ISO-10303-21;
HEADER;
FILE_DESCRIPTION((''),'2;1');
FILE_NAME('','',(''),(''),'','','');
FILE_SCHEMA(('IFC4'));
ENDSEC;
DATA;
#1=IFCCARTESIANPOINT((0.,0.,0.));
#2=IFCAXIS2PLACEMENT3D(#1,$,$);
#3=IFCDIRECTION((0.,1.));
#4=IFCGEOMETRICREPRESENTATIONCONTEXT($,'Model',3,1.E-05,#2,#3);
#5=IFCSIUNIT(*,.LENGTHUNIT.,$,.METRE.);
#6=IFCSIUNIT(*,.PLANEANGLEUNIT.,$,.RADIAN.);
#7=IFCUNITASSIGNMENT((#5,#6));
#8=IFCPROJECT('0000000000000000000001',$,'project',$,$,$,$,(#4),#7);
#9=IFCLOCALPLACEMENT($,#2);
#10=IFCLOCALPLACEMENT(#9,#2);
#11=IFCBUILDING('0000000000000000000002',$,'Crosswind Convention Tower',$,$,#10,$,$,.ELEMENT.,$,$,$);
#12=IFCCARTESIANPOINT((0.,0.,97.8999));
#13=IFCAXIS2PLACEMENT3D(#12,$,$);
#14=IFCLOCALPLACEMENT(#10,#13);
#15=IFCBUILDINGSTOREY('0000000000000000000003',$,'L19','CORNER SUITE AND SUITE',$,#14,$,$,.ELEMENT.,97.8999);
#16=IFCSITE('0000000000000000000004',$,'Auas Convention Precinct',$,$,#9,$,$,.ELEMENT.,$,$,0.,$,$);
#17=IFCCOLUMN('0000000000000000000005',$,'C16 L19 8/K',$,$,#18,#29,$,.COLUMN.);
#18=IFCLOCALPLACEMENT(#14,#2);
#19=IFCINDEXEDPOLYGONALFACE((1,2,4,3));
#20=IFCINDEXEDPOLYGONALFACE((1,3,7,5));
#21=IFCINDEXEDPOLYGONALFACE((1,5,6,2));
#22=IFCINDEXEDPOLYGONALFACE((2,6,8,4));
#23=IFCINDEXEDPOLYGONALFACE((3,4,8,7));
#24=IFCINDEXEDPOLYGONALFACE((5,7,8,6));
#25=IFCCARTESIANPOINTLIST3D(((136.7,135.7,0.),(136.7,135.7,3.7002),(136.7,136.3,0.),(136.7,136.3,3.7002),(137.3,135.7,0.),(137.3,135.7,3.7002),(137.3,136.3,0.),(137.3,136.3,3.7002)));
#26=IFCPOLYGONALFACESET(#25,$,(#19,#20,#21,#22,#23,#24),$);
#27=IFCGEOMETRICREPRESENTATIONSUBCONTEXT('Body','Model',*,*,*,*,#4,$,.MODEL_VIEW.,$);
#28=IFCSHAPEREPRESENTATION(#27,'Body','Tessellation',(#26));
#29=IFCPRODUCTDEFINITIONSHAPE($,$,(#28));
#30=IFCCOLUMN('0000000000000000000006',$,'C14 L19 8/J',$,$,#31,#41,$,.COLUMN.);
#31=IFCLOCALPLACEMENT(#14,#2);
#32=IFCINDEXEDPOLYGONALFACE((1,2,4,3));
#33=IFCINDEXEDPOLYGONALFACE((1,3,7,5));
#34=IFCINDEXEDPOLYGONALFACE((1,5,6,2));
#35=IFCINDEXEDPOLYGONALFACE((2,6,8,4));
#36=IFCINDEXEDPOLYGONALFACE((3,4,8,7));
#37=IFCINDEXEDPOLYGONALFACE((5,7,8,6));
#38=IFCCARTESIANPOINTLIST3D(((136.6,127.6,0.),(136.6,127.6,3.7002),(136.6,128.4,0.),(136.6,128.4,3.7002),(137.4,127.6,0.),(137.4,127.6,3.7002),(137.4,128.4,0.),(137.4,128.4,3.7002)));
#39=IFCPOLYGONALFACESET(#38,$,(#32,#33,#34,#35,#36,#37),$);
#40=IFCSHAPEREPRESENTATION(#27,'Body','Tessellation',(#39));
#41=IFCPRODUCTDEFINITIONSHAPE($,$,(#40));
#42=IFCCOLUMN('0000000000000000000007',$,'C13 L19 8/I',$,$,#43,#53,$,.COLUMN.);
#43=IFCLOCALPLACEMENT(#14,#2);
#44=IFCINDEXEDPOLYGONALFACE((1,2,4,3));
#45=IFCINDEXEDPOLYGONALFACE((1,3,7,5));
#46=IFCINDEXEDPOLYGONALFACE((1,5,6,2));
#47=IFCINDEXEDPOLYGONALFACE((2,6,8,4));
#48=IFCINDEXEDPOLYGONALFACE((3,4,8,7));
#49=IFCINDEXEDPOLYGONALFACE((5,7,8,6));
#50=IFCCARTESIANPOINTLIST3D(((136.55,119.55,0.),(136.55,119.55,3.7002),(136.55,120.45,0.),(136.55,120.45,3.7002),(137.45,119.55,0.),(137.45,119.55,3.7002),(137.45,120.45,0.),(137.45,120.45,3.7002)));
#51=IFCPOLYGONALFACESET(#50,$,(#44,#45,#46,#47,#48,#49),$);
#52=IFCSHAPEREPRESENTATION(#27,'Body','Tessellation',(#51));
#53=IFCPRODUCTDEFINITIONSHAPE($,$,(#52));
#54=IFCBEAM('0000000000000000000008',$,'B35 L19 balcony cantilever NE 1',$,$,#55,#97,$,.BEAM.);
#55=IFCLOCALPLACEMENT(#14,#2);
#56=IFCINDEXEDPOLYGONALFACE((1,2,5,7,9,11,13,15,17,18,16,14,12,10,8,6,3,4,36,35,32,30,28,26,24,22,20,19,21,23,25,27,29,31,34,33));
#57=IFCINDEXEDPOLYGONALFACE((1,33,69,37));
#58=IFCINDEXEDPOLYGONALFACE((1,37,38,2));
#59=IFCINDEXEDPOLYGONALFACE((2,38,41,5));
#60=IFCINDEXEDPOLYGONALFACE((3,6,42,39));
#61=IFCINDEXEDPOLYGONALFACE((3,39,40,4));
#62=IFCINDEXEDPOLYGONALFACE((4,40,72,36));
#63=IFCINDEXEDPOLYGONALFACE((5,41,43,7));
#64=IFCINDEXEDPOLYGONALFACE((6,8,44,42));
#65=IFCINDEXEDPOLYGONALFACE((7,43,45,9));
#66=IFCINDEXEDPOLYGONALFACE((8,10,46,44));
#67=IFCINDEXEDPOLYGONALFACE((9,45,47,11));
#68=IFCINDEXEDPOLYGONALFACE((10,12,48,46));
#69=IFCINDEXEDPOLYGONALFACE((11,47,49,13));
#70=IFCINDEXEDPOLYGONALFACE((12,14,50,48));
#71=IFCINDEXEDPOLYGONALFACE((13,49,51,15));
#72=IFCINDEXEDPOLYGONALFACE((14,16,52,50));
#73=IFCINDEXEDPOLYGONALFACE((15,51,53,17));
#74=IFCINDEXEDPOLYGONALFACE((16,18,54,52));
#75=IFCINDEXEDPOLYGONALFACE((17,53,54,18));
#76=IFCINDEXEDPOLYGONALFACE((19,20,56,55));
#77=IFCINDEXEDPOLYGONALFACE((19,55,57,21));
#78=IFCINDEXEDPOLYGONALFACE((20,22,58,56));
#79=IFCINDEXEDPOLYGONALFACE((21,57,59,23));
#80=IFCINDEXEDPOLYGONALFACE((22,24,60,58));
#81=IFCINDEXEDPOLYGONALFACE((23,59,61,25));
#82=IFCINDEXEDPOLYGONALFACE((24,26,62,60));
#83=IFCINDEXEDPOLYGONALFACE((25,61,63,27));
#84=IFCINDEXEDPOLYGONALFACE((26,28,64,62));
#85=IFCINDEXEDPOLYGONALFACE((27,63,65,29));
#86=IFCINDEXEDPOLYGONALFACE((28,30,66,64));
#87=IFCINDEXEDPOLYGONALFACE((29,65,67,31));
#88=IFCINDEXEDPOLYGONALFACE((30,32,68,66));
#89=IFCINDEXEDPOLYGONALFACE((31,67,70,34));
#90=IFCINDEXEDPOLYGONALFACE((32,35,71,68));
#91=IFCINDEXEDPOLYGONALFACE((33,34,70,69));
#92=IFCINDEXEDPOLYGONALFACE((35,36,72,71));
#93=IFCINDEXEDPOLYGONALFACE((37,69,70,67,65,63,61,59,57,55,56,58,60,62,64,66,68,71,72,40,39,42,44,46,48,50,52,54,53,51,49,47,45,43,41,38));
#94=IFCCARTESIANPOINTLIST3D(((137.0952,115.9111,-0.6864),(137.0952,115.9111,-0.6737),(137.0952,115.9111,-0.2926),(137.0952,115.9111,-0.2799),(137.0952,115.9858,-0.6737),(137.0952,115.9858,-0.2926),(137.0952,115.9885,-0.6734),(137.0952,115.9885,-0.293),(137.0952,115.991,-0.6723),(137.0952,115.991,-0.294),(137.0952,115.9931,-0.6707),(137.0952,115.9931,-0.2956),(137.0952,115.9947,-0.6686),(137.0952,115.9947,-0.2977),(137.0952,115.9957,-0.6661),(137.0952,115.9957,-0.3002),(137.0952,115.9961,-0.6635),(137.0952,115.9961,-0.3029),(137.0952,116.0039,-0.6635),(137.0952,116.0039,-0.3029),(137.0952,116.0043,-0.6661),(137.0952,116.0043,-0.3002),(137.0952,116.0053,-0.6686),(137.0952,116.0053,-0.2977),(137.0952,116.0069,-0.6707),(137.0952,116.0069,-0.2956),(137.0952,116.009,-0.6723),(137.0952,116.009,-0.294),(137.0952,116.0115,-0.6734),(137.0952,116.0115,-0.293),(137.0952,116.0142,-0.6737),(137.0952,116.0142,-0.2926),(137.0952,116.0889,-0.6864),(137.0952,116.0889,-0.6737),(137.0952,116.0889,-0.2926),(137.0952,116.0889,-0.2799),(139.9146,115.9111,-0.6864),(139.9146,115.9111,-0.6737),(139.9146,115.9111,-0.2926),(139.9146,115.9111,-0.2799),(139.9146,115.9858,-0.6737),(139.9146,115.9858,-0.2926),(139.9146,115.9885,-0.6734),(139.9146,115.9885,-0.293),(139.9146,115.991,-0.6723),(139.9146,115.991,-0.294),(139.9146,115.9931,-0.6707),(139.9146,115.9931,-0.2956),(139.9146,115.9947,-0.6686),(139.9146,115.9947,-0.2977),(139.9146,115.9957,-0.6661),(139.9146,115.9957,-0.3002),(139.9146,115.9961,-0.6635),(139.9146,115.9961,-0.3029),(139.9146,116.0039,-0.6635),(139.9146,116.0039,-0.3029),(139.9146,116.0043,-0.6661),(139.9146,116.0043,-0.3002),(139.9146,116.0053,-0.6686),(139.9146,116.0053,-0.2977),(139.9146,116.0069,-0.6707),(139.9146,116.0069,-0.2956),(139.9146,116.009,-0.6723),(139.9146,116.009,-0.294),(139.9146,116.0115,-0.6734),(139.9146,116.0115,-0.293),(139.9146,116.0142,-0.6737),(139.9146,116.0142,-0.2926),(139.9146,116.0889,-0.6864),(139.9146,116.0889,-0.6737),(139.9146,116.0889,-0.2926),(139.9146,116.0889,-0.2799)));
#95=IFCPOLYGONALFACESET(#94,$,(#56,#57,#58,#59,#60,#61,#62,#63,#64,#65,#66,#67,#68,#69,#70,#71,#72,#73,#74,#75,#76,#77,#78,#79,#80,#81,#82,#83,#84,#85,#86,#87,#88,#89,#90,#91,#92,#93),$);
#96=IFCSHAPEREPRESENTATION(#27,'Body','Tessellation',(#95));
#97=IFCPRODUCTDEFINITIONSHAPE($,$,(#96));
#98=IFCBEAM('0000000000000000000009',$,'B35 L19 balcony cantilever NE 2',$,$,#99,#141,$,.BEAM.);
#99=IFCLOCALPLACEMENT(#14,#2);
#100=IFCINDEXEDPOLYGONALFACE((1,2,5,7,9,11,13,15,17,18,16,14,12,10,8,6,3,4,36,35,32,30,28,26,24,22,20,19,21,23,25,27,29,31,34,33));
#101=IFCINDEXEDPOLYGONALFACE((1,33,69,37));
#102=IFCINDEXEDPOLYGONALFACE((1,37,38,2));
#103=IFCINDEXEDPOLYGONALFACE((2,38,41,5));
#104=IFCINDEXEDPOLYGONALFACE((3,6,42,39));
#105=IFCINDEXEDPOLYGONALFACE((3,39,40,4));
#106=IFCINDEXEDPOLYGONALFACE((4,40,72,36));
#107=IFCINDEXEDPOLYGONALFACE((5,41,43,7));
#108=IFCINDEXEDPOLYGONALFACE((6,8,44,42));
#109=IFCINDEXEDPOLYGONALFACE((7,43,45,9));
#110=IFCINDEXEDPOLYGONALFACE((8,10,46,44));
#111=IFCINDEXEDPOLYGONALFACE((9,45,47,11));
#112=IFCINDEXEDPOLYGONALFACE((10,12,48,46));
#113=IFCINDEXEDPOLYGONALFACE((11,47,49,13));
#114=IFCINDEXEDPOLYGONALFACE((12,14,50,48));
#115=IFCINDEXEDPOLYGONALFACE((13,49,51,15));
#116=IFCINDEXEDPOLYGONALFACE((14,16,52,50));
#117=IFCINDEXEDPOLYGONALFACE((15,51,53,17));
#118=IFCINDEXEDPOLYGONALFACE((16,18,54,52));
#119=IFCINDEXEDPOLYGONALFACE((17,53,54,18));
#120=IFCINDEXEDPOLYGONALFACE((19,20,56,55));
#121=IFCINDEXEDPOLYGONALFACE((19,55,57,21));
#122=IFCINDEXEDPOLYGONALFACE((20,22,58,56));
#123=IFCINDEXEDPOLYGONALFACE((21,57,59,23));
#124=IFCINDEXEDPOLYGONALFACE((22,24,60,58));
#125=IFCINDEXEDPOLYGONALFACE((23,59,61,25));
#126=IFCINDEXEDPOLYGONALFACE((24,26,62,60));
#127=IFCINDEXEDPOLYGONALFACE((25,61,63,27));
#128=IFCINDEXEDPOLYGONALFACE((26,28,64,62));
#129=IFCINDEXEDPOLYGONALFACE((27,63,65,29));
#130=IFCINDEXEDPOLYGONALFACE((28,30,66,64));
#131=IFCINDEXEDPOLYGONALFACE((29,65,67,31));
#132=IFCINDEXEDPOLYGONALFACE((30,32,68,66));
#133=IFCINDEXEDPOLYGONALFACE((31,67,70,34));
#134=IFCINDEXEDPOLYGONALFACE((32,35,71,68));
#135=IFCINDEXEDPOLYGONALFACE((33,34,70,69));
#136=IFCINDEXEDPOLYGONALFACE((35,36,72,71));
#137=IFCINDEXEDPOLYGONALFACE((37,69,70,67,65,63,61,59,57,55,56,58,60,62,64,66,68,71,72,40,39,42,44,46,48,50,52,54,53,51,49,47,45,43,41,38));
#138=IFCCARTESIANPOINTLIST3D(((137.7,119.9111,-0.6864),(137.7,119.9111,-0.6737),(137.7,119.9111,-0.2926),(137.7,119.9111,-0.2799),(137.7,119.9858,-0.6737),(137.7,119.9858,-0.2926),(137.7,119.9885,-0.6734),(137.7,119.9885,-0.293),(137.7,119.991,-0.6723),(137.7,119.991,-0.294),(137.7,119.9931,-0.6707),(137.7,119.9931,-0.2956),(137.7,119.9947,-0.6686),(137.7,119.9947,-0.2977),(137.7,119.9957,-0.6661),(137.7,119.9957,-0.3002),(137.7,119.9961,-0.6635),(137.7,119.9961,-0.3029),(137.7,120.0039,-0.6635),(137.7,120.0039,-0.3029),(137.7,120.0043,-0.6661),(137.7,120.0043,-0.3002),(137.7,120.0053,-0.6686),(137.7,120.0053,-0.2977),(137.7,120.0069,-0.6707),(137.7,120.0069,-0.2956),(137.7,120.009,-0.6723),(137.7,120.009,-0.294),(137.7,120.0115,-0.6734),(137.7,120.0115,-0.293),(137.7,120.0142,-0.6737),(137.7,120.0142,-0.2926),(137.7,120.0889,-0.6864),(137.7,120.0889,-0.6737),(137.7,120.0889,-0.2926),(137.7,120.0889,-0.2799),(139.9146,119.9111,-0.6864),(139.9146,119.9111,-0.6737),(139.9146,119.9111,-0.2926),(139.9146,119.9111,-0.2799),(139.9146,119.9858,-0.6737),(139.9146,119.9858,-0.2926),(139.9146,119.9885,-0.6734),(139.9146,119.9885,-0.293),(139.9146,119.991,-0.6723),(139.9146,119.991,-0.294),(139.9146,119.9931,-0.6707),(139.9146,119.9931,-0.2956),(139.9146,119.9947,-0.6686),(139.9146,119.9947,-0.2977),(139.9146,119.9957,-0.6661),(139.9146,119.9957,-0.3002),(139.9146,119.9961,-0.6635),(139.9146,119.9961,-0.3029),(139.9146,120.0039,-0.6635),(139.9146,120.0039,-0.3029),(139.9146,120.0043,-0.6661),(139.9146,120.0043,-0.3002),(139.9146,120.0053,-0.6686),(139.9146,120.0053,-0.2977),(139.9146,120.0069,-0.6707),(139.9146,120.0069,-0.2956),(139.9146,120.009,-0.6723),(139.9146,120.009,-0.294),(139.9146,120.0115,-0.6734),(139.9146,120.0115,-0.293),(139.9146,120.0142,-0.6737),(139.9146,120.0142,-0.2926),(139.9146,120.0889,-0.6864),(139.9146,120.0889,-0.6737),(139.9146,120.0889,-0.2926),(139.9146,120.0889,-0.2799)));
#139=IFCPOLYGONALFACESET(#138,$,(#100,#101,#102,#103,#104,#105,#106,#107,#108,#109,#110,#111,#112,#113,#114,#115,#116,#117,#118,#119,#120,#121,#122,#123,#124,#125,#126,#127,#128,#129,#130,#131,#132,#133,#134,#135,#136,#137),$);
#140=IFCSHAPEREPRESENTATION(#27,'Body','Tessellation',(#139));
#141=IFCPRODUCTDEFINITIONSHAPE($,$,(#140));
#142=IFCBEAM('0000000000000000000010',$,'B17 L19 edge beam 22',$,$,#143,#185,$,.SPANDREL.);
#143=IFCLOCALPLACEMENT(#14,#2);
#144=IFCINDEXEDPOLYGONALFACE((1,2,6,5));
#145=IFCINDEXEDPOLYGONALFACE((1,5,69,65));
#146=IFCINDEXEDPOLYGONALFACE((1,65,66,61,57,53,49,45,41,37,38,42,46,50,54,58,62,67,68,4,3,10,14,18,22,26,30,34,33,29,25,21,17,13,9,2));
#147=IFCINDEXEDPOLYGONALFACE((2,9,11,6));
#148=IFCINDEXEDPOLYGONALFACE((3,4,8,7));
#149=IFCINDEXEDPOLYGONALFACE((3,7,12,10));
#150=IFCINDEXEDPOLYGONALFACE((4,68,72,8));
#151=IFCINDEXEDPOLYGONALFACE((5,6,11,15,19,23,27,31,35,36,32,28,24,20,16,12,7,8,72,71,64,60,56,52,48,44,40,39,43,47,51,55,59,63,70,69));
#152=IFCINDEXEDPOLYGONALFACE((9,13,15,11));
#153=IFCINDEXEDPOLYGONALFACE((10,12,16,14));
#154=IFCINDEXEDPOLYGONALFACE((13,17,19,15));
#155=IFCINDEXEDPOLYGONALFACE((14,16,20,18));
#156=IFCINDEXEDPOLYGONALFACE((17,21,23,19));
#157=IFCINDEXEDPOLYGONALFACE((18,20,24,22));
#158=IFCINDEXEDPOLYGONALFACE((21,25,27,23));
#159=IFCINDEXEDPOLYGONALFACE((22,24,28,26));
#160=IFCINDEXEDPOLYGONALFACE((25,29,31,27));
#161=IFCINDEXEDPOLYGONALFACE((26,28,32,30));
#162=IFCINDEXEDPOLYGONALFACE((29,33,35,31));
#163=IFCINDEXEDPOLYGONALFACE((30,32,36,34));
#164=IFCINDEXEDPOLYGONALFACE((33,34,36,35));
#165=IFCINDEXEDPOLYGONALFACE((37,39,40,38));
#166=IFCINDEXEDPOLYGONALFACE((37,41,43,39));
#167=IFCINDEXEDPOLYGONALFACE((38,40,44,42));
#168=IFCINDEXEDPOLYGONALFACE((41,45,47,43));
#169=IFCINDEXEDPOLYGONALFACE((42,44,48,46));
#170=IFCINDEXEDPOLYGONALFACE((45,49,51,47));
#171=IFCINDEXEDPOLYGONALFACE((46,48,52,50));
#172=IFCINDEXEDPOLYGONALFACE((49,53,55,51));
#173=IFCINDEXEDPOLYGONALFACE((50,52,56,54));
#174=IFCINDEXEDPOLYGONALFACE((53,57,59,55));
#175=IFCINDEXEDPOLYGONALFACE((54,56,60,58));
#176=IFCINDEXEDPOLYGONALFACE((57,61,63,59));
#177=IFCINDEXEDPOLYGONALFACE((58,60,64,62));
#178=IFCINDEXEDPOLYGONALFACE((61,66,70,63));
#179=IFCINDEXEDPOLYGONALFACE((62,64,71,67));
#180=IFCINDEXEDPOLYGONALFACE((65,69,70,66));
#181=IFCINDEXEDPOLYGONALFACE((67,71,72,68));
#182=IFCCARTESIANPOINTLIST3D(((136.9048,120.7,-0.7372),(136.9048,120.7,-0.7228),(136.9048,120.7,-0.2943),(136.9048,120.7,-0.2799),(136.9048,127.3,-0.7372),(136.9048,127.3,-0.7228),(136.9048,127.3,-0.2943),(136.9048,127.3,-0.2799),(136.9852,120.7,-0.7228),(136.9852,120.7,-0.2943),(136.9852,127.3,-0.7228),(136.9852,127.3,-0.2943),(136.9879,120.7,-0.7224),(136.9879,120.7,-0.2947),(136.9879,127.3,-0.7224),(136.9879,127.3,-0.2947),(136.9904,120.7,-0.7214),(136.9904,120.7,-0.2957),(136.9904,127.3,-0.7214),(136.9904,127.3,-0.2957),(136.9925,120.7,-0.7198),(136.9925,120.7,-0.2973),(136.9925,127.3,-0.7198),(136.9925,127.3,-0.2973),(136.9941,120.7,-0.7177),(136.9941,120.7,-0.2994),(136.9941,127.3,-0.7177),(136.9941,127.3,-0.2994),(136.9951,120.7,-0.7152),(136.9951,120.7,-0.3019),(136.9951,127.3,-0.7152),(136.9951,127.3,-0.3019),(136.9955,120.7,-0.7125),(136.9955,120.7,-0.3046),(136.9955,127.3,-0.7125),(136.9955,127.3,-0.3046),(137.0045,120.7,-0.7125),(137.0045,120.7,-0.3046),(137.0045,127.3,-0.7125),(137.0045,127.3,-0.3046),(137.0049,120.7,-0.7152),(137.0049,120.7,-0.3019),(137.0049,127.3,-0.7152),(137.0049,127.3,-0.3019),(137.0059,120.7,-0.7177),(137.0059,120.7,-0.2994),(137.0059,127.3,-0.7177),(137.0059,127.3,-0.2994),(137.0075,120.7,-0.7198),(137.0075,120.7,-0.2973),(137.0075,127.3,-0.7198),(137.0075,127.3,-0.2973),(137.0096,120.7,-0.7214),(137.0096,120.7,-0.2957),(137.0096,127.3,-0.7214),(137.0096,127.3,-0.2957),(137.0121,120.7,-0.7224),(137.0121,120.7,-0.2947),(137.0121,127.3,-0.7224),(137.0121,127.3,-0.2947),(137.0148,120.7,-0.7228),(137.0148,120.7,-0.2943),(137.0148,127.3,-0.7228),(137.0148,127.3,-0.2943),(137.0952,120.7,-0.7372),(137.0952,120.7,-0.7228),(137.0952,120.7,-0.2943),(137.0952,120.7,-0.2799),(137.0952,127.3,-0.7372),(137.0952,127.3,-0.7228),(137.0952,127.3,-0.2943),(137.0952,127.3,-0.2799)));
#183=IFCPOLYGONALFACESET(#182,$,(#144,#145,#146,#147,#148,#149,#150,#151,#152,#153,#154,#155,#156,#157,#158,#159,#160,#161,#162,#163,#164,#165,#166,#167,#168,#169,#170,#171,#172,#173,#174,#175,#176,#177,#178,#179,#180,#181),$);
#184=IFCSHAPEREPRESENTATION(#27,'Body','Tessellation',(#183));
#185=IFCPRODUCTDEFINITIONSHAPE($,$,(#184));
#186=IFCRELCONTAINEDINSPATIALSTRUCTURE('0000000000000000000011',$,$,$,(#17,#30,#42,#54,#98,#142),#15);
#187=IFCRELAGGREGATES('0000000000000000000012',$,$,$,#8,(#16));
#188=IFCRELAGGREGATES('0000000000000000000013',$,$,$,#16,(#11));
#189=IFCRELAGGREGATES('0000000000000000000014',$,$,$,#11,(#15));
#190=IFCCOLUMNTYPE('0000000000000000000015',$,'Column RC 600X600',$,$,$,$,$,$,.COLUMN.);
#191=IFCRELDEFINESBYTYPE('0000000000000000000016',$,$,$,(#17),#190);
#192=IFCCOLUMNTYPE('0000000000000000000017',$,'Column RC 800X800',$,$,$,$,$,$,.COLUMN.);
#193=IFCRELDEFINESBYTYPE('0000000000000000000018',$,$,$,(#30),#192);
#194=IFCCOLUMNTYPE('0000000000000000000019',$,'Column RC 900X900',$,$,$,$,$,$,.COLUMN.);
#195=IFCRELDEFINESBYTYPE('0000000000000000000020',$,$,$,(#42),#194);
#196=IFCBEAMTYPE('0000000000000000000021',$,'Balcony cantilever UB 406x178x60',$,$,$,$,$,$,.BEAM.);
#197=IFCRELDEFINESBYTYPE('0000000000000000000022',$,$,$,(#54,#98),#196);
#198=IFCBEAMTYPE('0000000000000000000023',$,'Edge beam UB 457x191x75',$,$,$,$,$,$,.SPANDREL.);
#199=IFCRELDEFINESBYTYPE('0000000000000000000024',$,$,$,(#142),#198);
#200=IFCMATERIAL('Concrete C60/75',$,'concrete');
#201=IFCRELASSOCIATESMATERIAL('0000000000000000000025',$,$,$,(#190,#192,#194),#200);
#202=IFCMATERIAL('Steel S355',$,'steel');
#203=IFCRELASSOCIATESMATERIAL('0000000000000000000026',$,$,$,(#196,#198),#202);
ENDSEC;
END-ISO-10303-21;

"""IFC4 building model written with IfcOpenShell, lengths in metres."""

from ifc_helpers import new_model, si_unit, direction, frame, origin, origin_2d, place, context, subcontext, project, spatial, rectangle, i_section, extrude, material, material_profile, profile_set, type_object, element, save


model = new_model("IFC4")

# Units and contexts
model_context = context("Model", 3, precision=1e-05, world=origin(), true_north=direction((0.0, 1.0)))
body_context = subcontext(model_context, "Body", "Model", "MODEL_VIEW")
ifc_project = project(units=[si_unit("LENGTHUNIT", "METRE"), si_unit("PLANEANGLEUNIT", "RADIAN")], contexts=[model_context])

# Site, building, storey
site_placement = place(None, origin())
site = spatial("IfcSite", under=ifc_project, at=site_placement, Name="Auas Convention Precinct", CompositionType="ELEMENT", RefElevation=0.0)
building_placement = place(site_placement, origin())
building = spatial("IfcBuilding", under=site, at=building_placement, Name="Crosswind Convention Tower", CompositionType="ELEMENT")
storey_placement = place(building_placement, frame((0.0, 0.0, 97.8999)))
storey = spatial("IfcBuildingStorey", under=building, at=storey_placement, Name="L19", Description="CORNER SUITE AND SUITE", CompositionType="ELEMENT", Elevation=97.8999)

# Columns
ifc_material_1 = material(Name="Concrete C60/75", Category="concrete")
ifc_material_profile_1 = material_profile(ifc_material_1, rectangle(XDim=0.6001, YDim=0.6001, at=origin_2d()), Name="RC 600X600")
ifc_profile_set_1 = profile_set([ifc_material_profile_1], Name="Concrete C60/75")
column_type_1 = type_object("IfcColumnType", Name="Column RC 600X600", PredefinedType="COLUMN", material=ifc_profile_set_1)
column_1_placement = place(storey_placement, frame((137.0, 136.0, 0.0), z_axis=(0.0, 0.0, 1.0), x_axis=(1.0, 0.0, 0.0)))
element("IfcColumn", 1, at=column_1_placement, inside=storey, type_object=column_type_1, Name="C16 L19 8/K", PredefinedType="COLUMN", context=body_context, shape_type="SweptSolid", body=[
    extrude(rectangle(XDim=0.6001, YDim=0.6001, at=origin_2d()), origin(), (0.0, 0.0, 1.0), 3.7002),
])
ifc_material_profile_2 = material_profile(ifc_material_1, rectangle(XDim=0.8, YDim=0.8, at=origin_2d()), Name="RC 800X800")
ifc_profile_set_2 = profile_set([ifc_material_profile_2], Name="Concrete C60/75")
column_type_2 = type_object("IfcColumnType", Name="Column RC 800X800", PredefinedType="COLUMN", material=ifc_profile_set_2)
column_2_placement = place(storey_placement, frame((137.0, 128.0, 0.0), z_axis=(0.0, 0.0, 1.0), x_axis=(1.0, 0.0, 0.0)))
element("IfcColumn", 2, at=column_2_placement, inside=storey, type_object=column_type_2, Name="C14 L19 8/J", PredefinedType="COLUMN", context=body_context, shape_type="SweptSolid", body=[
    extrude(rectangle(XDim=0.8, YDim=0.8, at=origin_2d()), origin(), (0.0, 0.0, 1.0), 3.7002),
])
ifc_material_profile_3 = material_profile(ifc_material_1, rectangle(XDim=0.8999, YDim=0.8999, at=origin_2d()), Name="RC 900X900")
ifc_profile_set_3 = profile_set([ifc_material_profile_3], Name="Concrete C60/75")
column_type_3 = type_object("IfcColumnType", Name="Column RC 900X900", PredefinedType="COLUMN", material=ifc_profile_set_3)
column_3_placement = place(storey_placement, frame((137.0, 120.0, 0.0), z_axis=(0.0, 0.0, 1.0), x_axis=(1.0, 0.0, 0.0)))
element("IfcColumn", 3, at=column_3_placement, inside=storey, type_object=column_type_3, Name="C13 L19 8/I", PredefinedType="COLUMN", context=body_context, shape_type="SweptSolid", body=[
    extrude(rectangle(XDim=0.8999, YDim=0.8999, at=origin_2d()), origin(), (0.0, 0.0, 1.0), 3.7002),
])

# Beams
ifc_material_2 = material(Name="Steel S355", Category="steel")
ifc_material_profile_4 = material_profile(ifc_material_2, i_section(OverallWidth=0.1777, OverallDepth=0.4065, WebThickness=0.0078, FlangeThickness=0.0127, FilletRadius=0.0103, at=origin_2d()), Name="UB 406x178x60")
ifc_profile_set_4 = profile_set([ifc_material_profile_4], Name="Steel S355")
beam_type_1 = type_object("IfcBeamType", Name="Balcony cantilever UB 406x178x60", PredefinedType="BEAM", material=ifc_profile_set_4)
beam_1_placement = place(storey_placement, frame((137.0952, 116.0, -0.4832), z_axis=(1.0, 0.0, 0.0), x_axis=(0.0, 1.0, 0.0)))
element("IfcBeam", 4, at=beam_1_placement, inside=storey, type_object=beam_type_1, Name="B35 L19 balcony cantilever NE 1", PredefinedType="BEAM", context=body_context, shape_type="SweptSolid", body=[
    extrude(i_section(OverallWidth=0.1777, OverallDepth=0.4065, WebThickness=0.0078, FlangeThickness=0.0127, FilletRadius=0.0103, at=origin_2d()), origin(), (0.0, 0.0, 1.0), 2.8193),
])
beam_2_placement = place(storey_placement, frame((137.7, 120.0, -0.4832), z_axis=(1.0, 0.0, 0.0), x_axis=(0.0, 1.0, 0.0)))
element("IfcBeam", 5, at=beam_2_placement, inside=storey, type_object=beam_type_1, Name="B35 L19 balcony cantilever NE 2", PredefinedType="BEAM", context=body_context, shape_type="SweptSolid", body=[
    extrude(i_section(OverallWidth=0.1777, OverallDepth=0.4065, WebThickness=0.0078, FlangeThickness=0.0127, FilletRadius=0.0103, at=origin_2d()), origin(), (0.0, 0.0, 1.0), 2.2146),
])
ifc_material_profile_5 = material_profile(ifc_material_2, i_section(OverallWidth=0.1904, OverallDepth=0.4573, WebThickness=0.009, FlangeThickness=0.0144, FilletRadius=0.0103, at=origin_2d()), Name="UB 457x191x75")
ifc_profile_set_5 = profile_set([ifc_material_profile_5], Name="Steel S355")
beam_type_2 = type_object("IfcBeamType", Name="Edge beam UB 457x191x75", PredefinedType="SPANDREL", material=ifc_profile_set_5)
beam_3_placement = place(storey_placement, frame((137.0, 120.7, -0.5085), z_axis=(0.0, 1.0, 0.0), x_axis=(-1.0, 0.0, 0.0)))
element("IfcBeam", 6, at=beam_3_placement, inside=storey, type_object=beam_type_2, Name="B17 L19 edge beam 22", PredefinedType="SPANDREL", context=body_context, shape_type="SweptSolid", body=[
    extrude(i_section(OverallWidth=0.1904, OverallDepth=0.4573, WebThickness=0.009, FlangeThickness=0.0144, FilletRadius=0.0103, at=origin_2d()), origin(), (0.0, 0.0, 1.0), 6.6001),
])

save(model, "model.ifc")
